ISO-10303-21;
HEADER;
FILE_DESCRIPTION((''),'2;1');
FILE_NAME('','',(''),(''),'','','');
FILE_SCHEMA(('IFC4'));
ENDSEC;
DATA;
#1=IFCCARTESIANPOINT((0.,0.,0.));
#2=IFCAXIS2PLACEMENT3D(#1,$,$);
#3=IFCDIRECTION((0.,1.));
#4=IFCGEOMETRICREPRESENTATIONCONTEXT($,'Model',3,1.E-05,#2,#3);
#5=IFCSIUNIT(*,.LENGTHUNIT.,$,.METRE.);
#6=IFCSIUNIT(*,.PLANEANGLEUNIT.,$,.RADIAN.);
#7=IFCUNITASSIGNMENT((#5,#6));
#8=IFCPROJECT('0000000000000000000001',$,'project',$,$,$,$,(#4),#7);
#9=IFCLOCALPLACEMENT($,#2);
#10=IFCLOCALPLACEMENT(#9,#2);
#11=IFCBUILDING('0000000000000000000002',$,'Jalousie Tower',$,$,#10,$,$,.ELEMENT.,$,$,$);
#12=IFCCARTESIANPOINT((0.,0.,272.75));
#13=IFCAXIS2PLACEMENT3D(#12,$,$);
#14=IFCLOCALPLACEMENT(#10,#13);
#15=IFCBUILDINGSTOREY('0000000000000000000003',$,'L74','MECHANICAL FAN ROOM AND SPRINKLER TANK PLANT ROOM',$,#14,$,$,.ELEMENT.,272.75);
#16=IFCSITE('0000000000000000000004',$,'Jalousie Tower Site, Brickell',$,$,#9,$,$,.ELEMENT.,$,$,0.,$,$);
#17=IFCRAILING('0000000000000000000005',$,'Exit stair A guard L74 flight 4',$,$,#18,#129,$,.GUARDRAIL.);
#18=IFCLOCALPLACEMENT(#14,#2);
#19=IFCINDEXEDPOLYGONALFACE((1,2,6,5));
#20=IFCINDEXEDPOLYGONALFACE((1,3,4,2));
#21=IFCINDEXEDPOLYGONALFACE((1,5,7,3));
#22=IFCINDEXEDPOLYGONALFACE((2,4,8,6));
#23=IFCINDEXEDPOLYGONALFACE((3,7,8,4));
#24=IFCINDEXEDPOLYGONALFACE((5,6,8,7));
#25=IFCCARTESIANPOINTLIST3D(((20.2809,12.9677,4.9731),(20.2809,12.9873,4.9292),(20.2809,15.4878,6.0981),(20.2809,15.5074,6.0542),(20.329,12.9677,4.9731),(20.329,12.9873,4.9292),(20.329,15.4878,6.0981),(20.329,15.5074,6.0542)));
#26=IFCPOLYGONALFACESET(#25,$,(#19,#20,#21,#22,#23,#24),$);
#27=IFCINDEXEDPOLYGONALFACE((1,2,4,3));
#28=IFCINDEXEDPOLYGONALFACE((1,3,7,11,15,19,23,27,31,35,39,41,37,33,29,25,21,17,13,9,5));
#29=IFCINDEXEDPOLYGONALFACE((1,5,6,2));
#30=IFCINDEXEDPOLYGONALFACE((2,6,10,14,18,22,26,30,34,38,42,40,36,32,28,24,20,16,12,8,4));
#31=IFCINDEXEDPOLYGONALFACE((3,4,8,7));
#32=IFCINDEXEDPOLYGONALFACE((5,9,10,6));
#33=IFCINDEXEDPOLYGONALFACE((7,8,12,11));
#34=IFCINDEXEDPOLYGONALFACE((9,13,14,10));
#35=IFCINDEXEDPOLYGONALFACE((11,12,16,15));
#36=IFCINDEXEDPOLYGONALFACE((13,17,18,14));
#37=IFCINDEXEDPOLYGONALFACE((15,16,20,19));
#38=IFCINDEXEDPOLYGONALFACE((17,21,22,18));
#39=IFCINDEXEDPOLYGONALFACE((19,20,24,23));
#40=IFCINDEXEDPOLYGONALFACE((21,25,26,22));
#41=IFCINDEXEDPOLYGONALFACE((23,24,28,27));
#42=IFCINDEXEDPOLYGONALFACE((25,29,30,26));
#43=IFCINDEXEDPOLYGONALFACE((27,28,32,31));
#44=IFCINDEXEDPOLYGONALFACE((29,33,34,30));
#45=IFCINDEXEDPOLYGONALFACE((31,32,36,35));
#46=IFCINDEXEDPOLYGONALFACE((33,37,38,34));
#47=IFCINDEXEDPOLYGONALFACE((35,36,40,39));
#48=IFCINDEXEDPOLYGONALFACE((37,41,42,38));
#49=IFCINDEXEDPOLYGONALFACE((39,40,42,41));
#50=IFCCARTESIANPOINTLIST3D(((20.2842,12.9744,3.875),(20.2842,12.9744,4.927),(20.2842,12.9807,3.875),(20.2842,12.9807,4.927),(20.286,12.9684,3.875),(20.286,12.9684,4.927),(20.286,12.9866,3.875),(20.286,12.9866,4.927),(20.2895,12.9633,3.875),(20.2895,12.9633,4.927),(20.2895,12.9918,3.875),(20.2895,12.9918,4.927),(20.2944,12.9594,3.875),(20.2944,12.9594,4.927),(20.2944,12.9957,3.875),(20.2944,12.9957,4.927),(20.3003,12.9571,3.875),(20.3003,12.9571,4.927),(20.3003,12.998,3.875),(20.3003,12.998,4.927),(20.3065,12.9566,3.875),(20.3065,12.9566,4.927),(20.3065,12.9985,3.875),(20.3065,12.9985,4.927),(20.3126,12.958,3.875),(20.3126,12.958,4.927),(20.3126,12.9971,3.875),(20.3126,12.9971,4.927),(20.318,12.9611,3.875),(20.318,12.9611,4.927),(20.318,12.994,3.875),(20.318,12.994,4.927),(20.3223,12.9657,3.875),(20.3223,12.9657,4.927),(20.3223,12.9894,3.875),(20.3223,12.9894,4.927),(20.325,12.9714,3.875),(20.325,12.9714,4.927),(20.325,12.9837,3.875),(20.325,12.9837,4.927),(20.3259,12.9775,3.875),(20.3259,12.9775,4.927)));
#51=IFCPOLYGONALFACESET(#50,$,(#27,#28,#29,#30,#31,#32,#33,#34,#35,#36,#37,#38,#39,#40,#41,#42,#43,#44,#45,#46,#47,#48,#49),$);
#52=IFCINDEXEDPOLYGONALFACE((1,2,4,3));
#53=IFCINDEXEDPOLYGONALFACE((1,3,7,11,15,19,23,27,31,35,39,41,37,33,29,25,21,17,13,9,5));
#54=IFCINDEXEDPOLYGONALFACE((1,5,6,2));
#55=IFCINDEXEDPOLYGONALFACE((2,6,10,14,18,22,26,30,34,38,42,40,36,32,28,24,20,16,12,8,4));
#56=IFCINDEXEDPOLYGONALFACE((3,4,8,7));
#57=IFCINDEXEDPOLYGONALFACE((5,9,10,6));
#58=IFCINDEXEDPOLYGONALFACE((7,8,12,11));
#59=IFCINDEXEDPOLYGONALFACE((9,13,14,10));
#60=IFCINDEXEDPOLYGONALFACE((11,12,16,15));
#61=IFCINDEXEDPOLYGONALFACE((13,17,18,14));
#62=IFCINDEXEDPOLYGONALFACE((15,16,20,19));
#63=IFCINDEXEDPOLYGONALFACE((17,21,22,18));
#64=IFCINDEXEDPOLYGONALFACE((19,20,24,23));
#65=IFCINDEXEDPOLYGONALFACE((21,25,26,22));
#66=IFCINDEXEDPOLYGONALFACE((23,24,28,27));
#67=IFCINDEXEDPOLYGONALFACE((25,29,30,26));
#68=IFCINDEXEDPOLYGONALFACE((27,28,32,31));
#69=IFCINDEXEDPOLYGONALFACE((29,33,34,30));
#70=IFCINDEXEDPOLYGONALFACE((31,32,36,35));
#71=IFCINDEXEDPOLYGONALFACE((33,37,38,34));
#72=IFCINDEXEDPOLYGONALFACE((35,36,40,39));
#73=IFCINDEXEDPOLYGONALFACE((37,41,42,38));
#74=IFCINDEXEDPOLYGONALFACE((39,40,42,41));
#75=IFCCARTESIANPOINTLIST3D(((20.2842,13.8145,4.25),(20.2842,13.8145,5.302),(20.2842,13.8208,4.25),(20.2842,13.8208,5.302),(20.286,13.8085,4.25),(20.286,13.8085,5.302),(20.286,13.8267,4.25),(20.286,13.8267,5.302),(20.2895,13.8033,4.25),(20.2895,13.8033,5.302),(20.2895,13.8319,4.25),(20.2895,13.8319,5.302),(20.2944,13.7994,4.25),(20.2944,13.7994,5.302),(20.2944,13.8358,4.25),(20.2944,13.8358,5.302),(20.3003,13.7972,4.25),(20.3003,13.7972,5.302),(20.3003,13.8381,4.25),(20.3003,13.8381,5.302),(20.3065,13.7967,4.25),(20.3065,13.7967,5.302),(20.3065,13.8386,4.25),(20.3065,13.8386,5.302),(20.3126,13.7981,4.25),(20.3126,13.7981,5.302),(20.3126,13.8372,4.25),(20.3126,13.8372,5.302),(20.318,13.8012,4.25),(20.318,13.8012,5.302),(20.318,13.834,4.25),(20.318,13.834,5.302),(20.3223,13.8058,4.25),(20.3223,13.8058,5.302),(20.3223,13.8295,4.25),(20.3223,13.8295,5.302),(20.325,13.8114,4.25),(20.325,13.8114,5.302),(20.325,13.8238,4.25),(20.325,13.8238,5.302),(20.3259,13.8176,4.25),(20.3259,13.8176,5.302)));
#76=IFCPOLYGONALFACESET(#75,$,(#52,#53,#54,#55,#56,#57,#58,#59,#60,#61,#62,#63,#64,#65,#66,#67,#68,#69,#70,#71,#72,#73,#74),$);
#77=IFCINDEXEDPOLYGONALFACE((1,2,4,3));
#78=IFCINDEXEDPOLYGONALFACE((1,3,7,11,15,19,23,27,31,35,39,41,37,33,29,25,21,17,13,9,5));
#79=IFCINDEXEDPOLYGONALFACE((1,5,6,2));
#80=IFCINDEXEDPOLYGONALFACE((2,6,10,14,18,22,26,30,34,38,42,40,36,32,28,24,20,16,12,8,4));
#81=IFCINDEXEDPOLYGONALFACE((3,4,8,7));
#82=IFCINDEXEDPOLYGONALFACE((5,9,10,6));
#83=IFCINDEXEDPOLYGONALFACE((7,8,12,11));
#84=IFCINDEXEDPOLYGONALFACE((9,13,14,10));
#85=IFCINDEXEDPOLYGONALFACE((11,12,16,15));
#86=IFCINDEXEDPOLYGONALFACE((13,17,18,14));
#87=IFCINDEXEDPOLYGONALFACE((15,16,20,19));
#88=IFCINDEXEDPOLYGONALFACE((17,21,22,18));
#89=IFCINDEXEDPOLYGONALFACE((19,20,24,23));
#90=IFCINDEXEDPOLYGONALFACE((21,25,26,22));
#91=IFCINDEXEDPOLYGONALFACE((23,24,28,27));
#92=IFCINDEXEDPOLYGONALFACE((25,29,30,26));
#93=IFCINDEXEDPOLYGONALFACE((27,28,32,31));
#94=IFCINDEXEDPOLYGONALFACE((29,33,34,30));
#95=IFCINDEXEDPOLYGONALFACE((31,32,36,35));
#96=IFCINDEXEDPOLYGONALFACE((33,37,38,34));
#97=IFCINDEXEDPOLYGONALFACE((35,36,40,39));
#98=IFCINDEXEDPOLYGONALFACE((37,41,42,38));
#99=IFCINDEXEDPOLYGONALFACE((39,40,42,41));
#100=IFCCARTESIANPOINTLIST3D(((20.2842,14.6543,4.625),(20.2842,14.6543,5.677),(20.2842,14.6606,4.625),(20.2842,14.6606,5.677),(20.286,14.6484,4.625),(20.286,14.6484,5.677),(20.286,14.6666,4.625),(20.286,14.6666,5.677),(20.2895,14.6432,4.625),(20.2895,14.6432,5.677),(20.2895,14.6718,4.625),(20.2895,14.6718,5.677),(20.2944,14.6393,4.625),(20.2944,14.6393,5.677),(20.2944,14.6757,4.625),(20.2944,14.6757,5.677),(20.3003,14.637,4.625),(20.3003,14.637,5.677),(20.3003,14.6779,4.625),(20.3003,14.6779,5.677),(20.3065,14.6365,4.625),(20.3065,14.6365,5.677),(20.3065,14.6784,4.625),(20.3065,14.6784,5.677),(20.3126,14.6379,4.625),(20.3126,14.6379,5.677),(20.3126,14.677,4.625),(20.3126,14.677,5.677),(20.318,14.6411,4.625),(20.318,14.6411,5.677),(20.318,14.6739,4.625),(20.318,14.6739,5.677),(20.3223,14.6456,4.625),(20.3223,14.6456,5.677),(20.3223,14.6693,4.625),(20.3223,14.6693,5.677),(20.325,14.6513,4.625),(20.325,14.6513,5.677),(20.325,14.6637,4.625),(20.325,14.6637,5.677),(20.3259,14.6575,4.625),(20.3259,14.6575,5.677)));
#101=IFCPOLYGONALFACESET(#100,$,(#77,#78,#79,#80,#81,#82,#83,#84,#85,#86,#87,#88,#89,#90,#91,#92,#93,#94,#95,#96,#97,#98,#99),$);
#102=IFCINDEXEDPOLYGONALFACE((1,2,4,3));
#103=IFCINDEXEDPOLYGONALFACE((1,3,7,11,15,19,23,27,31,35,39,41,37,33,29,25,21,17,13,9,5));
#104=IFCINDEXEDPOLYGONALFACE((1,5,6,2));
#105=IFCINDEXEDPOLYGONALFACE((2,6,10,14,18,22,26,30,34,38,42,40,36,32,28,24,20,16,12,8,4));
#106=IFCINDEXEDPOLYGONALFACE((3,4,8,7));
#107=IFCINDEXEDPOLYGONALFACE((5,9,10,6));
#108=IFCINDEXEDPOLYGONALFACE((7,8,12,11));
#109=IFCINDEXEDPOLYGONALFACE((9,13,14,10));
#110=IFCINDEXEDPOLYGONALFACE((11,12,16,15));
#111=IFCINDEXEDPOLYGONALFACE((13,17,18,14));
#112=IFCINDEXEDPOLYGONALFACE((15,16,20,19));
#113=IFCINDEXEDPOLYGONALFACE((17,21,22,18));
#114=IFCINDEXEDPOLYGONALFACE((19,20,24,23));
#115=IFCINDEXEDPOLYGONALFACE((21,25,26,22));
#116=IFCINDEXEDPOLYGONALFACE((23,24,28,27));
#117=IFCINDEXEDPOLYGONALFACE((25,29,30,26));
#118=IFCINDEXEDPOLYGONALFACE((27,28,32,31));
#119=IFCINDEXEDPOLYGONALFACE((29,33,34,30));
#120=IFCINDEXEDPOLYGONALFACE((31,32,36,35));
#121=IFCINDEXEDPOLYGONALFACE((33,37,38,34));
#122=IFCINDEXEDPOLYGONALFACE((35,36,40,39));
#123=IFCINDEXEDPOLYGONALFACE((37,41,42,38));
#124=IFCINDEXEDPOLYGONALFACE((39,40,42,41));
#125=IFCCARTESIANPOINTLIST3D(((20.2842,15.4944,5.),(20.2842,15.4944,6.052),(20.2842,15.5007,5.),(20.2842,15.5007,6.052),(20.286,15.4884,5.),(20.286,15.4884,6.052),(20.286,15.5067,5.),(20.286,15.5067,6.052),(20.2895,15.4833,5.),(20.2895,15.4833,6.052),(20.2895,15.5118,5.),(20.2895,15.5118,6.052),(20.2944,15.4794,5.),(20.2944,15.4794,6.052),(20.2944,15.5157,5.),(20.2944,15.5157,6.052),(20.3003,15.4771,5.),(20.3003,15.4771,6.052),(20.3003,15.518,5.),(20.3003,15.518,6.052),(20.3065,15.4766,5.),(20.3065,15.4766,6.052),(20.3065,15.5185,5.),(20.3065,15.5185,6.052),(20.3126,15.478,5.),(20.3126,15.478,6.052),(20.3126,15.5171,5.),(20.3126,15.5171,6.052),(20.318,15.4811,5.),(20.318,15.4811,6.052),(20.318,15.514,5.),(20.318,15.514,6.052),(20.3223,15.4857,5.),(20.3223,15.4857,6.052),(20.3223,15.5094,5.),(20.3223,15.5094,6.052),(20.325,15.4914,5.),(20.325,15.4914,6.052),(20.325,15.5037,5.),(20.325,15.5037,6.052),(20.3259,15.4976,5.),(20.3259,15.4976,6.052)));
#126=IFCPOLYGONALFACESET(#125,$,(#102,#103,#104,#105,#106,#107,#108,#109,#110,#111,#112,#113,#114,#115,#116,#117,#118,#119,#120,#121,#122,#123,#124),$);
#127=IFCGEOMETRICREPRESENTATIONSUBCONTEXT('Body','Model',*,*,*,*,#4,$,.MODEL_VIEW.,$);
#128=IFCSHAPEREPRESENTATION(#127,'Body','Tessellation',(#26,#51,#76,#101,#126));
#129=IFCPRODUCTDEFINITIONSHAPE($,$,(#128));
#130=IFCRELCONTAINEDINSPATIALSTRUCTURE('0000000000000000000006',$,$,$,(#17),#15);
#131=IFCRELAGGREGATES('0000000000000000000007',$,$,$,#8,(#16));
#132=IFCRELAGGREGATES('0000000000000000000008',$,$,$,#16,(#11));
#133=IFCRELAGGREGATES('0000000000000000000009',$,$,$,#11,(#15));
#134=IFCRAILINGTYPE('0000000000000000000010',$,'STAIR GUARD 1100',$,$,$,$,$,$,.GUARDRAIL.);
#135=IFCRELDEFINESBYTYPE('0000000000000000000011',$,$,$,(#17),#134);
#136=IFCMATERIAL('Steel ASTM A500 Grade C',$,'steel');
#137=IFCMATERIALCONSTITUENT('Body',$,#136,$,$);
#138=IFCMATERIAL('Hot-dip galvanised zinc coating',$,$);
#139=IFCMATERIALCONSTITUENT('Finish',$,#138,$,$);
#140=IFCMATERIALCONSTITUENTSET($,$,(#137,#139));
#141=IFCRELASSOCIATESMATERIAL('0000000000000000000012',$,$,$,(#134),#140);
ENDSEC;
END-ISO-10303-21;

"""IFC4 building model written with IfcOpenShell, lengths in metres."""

from ifc_helpers import new_model, si_unit, direction, frame, origin, origin_2d, place, context, subcontext, project, spatial, rectangle, circle, extrude, material, constituent, constituent_set, type_object, element, save


model = new_model("IFC4")

# Units and contexts
model_context = context("Model", 3, precision=1e-05, world=origin(), true_north=direction((0.0, 1.0)))
body_context = subcontext(model_context, "Body", "Model", "MODEL_VIEW")
ifc_project = project(units=[si_unit("LENGTHUNIT", "METRE"), si_unit("PLANEANGLEUNIT", "RADIAN")], contexts=[model_context])

# Site, building, storey
site_placement = place(None, origin())
site = spatial("IfcSite", under=ifc_project, at=site_placement, Name="Jalousie Tower Site, Brickell", CompositionType="ELEMENT", RefElevation=0.0)
building_placement = place(site_placement, origin())
building = spatial("IfcBuilding", under=site, at=building_placement, Name="Jalousie Tower", CompositionType="ELEMENT")
storey_placement = place(building_placement, frame((0.0, 0.0, 272.75)))
storey = spatial("IfcBuildingStorey", under=building, at=storey_placement, Name="L74", Description="MECHANICAL FAN ROOM AND SPRINKLER TANK PLANT ROOM", CompositionType="ELEMENT", Elevation=272.75)

# Railing
ifc_material_1 = material(Name="Steel ASTM A500 Grade C", Category="steel")
ifc_constituent_1 = constituent(ifc_material_1, Name="Body")
ifc_material_2 = material(Name="Hot-dip galvanised zinc coating")
ifc_constituent_2 = constituent(ifc_material_2, Name="Finish")
ifc_constituent_set_1 = constituent_set(constituents=[ifc_constituent_1, ifc_constituent_2])
railing_type_1 = type_object("IfcRailingType", Name="STAIR GUARD 1100", PredefinedType="GUARDRAIL", material=ifc_constituent_set_1)
railing_1_placement = place(storey_placement, frame((20.3049, 12.9775, 3.875)))
element("IfcRailing", 1, at=railing_1_placement, inside=storey, type_object=railing_type_1, Name="Exit stair A guard L74 flight 4", PredefinedType="GUARDRAIL", context=body_context, shape_type="SweptSolid", body=[
    extrude(rectangle(XDim=0.0481, YDim=0.0481, at=origin_2d()), frame((0.0, 0.0, 1.0762), z_axis=(0.0, 0.913139, 0.407648), x_axis=(-1.0, 0.0, 0.0)), (0.0, 0.0, 1.0), 2.7598),
    extrude(circle(Radius=0.021, at=origin_2d()), origin(), (0.0, 0.0, 1.0), 1.052),
    extrude(circle(Radius=0.021, at=origin_2d()), frame((0.0, 0.8401, 0.375)), (0.0, 0.0, 1.0), 1.052),
    extrude(circle(Radius=0.021, at=origin_2d()), frame((0.0, 1.6799, 0.75)), (0.0, 0.0, 1.0), 1.052),
    extrude(circle(Radius=0.021, at=origin_2d()), frame((0.0, 2.52, 1.125)), (0.0, 0.0, 1.0), 1.052),
])

save(model, "model.ifc")
